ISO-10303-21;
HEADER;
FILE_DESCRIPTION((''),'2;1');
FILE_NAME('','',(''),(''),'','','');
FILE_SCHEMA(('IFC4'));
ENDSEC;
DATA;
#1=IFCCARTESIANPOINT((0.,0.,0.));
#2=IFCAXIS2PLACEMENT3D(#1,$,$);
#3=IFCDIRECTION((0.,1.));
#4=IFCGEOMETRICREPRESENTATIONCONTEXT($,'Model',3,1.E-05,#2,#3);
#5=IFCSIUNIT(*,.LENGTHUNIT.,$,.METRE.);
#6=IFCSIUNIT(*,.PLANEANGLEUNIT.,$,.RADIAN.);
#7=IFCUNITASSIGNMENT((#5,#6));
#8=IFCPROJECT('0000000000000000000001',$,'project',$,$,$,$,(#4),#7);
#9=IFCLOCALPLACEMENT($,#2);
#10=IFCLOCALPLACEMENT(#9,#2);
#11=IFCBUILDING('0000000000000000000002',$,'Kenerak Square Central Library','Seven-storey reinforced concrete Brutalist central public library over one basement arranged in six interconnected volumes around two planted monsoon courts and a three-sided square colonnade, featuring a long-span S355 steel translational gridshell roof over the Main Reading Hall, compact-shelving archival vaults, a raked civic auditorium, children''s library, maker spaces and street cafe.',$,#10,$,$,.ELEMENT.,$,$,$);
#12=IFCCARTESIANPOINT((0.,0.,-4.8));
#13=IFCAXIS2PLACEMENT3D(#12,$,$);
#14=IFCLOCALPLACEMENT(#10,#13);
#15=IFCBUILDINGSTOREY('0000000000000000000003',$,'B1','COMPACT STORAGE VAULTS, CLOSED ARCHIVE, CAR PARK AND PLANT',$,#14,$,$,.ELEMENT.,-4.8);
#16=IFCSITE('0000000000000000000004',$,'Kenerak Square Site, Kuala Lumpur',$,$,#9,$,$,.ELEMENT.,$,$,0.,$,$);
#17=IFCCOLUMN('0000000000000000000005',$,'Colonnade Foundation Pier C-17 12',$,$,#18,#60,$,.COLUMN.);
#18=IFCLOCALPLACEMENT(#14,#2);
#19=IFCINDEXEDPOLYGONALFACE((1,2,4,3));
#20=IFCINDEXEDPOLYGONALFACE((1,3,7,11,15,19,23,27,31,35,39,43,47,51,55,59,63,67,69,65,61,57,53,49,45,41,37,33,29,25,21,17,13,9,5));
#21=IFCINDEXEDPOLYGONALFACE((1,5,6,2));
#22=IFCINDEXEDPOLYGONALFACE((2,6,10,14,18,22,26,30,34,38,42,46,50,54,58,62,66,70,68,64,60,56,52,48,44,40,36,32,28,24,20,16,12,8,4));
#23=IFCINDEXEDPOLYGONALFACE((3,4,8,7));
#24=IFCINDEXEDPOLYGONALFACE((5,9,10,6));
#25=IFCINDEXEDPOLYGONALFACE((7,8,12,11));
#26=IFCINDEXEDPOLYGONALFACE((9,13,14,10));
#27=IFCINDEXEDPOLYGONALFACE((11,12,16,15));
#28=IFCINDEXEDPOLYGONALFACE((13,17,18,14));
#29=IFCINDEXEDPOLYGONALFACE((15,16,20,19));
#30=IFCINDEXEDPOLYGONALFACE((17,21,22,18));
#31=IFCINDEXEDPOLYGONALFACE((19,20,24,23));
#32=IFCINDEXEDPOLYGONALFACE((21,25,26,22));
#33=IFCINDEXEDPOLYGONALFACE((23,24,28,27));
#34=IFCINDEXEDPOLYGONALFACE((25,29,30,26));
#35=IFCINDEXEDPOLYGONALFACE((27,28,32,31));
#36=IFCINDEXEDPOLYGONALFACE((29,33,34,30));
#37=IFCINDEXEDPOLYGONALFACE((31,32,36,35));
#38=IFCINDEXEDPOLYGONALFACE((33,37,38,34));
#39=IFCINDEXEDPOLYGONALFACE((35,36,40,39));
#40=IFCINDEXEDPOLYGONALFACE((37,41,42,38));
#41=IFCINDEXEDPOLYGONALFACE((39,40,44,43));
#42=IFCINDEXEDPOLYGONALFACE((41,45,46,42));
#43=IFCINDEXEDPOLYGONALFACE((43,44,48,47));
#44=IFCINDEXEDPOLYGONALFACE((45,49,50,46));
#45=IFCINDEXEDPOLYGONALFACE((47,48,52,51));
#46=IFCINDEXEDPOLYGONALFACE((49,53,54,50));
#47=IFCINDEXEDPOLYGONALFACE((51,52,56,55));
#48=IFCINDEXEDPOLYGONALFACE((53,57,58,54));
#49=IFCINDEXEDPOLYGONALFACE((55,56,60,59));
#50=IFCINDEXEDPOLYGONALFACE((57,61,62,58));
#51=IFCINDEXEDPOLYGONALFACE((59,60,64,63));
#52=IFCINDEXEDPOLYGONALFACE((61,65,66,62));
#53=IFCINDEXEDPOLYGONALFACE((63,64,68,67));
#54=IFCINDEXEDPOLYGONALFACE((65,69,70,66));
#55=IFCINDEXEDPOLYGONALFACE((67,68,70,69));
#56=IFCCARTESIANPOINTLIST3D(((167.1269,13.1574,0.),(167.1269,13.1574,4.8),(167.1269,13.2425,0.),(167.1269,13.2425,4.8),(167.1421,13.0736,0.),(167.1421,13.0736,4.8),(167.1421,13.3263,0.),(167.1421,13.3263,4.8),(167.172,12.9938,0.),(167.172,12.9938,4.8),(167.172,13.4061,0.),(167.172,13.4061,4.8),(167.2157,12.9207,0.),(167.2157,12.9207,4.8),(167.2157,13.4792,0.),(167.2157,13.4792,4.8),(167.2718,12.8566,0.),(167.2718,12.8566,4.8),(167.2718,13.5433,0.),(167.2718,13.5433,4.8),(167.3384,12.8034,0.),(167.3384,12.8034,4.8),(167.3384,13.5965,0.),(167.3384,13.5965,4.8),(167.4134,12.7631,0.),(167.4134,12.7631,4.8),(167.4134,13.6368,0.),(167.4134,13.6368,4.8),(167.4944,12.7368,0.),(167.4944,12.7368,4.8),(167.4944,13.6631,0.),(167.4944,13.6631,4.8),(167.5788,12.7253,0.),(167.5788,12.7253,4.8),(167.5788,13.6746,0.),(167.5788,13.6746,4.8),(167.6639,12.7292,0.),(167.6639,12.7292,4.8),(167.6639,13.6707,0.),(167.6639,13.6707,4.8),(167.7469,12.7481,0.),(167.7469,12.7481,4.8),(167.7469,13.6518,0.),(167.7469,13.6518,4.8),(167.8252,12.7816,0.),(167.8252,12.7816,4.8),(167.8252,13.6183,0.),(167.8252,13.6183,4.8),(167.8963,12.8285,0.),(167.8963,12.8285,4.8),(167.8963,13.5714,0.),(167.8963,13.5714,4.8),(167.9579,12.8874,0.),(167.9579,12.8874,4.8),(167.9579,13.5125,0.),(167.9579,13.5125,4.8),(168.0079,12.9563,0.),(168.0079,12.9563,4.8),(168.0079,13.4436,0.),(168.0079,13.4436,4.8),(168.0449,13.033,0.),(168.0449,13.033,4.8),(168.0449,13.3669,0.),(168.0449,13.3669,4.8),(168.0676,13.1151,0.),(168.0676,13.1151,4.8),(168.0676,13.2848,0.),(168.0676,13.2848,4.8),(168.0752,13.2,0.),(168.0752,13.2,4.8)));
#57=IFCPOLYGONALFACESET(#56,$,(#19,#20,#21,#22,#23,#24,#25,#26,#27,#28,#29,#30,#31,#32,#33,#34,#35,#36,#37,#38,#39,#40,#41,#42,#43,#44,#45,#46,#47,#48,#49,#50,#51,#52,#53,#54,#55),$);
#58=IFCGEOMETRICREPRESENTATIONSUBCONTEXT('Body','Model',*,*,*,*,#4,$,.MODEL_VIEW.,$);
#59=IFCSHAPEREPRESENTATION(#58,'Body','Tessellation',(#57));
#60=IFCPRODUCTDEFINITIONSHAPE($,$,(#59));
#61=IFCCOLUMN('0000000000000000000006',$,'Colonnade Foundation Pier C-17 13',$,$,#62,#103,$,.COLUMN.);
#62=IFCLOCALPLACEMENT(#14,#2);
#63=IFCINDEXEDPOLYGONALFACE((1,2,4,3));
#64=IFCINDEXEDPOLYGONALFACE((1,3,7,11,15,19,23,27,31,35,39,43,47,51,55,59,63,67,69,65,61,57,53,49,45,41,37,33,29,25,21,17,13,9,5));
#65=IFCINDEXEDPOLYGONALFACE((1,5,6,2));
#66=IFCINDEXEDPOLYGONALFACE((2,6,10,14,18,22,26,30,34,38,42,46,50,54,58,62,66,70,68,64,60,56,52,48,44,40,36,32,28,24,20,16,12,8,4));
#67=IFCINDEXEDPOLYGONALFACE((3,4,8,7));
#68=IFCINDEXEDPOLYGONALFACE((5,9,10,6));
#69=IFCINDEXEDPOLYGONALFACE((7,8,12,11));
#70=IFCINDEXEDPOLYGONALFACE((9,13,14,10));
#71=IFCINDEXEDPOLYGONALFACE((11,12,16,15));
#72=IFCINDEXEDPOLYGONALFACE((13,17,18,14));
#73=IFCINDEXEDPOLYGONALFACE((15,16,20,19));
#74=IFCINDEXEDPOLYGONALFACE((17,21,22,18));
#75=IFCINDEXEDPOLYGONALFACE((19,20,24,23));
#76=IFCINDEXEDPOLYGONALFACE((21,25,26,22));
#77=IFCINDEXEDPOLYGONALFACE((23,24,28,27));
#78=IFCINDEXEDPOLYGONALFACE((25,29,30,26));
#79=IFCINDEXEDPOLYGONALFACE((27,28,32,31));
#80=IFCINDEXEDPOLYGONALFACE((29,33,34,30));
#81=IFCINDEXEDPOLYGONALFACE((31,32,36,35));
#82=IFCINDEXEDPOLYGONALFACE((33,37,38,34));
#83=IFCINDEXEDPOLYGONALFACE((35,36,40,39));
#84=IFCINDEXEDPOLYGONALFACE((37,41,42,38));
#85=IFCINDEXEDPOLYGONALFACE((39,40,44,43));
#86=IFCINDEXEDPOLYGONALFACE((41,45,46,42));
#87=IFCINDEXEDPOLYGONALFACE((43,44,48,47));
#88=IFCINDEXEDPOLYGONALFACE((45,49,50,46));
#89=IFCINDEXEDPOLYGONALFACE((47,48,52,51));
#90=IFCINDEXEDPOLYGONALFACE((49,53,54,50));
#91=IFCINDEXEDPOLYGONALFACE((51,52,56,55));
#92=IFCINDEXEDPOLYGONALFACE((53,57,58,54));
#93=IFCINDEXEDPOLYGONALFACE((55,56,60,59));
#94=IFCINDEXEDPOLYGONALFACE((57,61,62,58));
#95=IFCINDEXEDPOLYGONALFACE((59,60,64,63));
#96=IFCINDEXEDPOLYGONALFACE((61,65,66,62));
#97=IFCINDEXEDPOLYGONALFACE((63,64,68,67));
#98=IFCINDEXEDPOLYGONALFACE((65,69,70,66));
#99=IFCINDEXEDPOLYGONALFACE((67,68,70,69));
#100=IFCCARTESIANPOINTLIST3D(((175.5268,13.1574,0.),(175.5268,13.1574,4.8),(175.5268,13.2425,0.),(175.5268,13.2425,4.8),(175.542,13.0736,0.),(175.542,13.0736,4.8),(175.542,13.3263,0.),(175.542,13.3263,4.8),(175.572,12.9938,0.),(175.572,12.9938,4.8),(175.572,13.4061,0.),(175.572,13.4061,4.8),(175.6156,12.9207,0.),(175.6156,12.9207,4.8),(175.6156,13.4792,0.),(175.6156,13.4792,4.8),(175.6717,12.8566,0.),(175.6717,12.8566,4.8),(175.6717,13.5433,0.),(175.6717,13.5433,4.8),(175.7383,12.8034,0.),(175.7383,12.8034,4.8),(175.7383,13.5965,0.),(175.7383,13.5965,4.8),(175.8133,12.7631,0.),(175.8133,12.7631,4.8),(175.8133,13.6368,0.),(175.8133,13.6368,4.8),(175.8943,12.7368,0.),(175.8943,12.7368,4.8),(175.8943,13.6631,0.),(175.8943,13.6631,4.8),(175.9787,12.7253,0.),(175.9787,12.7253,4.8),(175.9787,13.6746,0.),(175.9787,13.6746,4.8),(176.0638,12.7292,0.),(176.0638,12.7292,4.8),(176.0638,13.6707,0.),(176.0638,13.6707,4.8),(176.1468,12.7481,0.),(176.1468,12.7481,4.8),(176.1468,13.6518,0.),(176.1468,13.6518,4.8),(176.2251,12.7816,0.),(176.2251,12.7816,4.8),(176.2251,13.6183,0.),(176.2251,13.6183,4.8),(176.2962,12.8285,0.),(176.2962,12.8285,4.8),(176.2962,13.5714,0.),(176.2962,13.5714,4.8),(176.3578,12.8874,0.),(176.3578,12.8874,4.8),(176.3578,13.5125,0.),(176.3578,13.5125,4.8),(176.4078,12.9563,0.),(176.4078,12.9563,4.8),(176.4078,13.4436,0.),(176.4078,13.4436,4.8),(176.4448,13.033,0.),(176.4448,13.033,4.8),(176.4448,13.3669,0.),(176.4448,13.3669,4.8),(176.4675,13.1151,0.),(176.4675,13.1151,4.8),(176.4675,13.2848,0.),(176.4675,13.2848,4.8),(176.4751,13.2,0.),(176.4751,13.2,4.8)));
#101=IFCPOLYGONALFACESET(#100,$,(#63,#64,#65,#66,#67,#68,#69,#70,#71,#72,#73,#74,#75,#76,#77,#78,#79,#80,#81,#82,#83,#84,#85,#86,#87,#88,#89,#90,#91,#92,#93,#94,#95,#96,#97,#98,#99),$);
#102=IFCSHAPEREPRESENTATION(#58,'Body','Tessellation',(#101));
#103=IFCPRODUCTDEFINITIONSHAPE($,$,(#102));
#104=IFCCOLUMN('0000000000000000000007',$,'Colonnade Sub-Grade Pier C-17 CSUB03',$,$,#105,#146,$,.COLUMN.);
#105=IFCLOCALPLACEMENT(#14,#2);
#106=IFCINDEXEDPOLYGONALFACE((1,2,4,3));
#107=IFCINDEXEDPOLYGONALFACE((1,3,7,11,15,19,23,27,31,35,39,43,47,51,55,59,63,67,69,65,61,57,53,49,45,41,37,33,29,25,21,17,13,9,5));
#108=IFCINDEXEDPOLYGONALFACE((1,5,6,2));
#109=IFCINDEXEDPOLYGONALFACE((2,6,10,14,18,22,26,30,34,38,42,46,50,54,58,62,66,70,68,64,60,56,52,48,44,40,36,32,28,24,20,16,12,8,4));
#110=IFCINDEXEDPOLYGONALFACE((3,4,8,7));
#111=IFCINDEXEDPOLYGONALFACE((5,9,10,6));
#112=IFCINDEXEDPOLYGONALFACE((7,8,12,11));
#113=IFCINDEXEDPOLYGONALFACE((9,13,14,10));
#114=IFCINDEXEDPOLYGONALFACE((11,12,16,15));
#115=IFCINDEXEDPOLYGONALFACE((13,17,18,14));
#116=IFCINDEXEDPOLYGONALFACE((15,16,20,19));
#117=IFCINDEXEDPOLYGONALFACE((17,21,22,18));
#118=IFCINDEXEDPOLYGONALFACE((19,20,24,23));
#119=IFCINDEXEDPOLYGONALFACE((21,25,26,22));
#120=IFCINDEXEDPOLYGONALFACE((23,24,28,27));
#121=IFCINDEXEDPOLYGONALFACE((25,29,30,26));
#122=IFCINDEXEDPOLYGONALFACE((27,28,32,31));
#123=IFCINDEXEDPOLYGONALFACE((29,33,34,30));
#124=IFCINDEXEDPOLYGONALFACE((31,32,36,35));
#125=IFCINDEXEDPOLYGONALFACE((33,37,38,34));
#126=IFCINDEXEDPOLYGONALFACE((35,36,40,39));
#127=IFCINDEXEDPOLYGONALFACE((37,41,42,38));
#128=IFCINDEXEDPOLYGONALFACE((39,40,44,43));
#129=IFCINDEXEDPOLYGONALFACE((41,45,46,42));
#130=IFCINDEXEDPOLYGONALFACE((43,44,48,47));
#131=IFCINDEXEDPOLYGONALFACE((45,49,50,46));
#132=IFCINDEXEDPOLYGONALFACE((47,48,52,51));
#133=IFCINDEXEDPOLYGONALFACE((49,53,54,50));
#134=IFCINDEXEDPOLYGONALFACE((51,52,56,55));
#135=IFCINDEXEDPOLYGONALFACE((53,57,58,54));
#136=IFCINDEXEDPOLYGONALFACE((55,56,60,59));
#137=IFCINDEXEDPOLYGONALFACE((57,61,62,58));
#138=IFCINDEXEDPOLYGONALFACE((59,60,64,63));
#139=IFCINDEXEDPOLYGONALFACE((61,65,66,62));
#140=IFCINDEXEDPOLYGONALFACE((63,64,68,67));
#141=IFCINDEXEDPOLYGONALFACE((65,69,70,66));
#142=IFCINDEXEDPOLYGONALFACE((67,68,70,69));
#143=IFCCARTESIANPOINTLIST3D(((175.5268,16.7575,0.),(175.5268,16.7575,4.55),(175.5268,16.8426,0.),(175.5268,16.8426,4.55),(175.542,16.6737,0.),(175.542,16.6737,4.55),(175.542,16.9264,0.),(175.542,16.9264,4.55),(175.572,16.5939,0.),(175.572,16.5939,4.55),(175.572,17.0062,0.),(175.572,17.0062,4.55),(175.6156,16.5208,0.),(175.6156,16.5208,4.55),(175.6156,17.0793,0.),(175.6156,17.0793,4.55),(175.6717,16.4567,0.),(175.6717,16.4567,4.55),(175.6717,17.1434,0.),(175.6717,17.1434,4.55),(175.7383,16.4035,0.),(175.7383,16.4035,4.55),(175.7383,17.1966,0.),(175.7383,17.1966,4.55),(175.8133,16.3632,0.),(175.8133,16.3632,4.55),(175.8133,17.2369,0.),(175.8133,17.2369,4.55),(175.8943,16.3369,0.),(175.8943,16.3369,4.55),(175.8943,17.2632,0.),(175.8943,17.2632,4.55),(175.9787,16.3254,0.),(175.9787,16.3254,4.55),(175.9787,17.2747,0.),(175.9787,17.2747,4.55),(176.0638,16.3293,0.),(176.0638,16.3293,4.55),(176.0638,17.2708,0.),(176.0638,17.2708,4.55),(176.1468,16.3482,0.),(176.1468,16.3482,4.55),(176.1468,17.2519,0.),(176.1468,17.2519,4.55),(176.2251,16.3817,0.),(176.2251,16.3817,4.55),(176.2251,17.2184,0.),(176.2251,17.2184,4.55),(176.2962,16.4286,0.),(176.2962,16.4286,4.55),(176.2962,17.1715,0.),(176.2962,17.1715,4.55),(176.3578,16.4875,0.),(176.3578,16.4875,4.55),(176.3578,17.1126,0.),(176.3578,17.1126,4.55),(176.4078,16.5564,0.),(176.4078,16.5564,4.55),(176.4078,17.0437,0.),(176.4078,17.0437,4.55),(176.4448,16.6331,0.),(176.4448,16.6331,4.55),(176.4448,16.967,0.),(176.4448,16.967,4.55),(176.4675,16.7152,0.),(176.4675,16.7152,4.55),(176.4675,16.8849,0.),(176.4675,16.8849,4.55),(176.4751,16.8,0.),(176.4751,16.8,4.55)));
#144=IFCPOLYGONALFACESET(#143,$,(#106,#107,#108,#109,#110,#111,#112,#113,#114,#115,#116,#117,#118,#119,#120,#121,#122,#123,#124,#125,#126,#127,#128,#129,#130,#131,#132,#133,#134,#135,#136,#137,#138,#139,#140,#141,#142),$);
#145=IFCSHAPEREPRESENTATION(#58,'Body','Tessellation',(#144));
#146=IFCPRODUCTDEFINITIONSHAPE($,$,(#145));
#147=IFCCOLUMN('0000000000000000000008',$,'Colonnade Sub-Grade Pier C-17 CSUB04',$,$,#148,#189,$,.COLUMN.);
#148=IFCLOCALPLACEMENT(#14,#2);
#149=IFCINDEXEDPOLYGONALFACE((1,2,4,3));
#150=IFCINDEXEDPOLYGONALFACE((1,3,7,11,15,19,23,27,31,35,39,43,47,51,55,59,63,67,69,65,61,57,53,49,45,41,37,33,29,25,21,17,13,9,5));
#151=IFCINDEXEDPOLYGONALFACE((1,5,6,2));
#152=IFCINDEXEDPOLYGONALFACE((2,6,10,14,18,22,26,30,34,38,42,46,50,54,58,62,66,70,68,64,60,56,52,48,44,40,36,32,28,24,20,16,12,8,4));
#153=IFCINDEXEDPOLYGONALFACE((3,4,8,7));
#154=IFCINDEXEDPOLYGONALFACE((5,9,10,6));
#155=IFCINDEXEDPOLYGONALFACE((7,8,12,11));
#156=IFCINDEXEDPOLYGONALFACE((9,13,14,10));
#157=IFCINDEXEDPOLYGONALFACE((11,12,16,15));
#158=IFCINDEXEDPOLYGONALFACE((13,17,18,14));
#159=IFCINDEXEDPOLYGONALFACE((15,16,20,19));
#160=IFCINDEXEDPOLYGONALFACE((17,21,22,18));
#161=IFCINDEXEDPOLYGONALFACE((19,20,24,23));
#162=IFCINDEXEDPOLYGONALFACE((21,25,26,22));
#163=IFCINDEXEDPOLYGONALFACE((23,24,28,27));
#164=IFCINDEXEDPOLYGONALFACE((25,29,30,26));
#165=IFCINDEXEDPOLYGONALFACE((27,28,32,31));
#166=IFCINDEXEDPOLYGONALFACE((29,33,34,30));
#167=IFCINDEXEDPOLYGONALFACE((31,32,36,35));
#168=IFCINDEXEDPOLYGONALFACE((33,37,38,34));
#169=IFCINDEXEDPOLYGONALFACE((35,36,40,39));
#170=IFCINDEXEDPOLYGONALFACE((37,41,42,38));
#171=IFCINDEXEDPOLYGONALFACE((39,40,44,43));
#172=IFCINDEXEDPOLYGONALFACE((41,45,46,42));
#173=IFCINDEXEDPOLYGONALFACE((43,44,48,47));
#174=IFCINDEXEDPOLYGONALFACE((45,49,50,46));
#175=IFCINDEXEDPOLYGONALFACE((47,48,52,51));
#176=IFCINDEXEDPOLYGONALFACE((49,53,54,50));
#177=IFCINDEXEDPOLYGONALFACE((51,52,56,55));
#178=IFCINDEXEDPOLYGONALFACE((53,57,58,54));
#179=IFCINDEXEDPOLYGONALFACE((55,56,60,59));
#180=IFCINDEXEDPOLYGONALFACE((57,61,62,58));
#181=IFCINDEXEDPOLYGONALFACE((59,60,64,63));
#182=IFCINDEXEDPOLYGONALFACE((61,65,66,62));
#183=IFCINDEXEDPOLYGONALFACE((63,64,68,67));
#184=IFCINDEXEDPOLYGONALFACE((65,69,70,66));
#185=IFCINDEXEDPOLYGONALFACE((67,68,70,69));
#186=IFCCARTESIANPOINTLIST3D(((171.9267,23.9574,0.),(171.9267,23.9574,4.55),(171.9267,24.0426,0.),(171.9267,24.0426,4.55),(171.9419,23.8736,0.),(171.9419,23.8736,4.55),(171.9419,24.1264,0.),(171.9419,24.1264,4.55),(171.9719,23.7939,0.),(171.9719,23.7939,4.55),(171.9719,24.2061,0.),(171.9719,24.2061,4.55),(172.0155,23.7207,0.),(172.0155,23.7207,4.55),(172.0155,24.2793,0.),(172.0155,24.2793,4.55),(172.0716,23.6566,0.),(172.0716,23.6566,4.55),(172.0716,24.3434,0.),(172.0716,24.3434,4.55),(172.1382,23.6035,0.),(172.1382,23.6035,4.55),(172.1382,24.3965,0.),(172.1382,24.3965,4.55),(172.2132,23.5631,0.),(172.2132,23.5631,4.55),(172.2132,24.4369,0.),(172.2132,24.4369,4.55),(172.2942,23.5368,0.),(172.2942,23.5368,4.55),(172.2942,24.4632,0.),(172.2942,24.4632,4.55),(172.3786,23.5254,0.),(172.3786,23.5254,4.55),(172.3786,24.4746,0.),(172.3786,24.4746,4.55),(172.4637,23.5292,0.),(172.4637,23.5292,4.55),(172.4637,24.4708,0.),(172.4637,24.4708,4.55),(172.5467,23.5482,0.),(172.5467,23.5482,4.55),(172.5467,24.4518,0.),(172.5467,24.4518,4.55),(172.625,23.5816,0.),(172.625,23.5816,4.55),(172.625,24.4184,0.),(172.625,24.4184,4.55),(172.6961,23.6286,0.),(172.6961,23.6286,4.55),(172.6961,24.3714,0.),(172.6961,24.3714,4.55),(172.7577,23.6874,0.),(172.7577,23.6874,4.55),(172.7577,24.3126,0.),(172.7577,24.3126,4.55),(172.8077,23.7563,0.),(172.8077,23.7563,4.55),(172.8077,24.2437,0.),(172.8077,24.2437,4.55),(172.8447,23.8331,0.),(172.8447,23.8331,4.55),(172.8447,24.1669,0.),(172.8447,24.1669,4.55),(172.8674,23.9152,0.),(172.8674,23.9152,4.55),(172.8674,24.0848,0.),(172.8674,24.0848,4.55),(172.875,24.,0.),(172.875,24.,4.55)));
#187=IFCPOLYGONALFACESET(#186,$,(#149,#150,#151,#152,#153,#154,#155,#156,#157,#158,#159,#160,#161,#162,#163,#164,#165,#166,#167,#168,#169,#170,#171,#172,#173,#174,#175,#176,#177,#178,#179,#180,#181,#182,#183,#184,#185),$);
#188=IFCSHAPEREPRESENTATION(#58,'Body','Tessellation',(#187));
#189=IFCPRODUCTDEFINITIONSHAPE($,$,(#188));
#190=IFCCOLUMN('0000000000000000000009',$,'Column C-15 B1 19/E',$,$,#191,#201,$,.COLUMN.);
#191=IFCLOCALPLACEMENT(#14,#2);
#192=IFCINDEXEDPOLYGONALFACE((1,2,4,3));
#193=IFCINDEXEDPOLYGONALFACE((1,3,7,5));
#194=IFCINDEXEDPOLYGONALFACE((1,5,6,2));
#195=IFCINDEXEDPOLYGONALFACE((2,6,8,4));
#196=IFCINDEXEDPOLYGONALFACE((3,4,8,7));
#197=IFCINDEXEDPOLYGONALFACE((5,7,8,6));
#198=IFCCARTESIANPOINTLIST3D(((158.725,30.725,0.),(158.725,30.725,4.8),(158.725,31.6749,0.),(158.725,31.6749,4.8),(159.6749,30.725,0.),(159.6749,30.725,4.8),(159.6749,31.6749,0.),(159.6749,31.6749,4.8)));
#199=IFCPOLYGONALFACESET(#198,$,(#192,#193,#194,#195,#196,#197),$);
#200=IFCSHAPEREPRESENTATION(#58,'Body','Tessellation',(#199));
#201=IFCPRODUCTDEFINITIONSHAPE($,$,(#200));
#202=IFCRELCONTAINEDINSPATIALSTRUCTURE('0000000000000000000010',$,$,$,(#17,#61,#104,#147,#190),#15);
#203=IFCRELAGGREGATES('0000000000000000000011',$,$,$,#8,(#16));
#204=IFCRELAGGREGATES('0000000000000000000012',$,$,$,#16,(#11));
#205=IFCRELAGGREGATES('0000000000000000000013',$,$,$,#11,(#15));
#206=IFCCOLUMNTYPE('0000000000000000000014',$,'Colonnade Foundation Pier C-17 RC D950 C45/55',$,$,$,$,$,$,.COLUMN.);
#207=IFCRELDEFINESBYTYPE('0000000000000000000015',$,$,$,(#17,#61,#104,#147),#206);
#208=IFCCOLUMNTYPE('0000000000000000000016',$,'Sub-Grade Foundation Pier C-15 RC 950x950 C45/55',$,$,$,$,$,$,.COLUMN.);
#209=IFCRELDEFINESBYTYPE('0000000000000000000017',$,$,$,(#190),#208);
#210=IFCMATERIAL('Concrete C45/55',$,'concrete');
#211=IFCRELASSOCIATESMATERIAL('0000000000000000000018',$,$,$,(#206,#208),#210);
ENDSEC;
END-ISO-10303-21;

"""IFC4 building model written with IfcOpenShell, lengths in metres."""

from ifc_helpers import new_model, si_unit, direction, frame, origin, origin_2d, place, context, subcontext, project, spatial, rectangle, circle, extrude, material, material_profile, profile_set, type_object, element, save


model = new_model("IFC4")

# Units and contexts
model_context = context("Model", 3, precision=1e-05, world=origin(), true_north=direction((0.0, 1.0)))
body_context = subcontext(model_context, "Body", "Model", "MODEL_VIEW")
ifc_project = project(units=[si_unit("LENGTHUNIT", "METRE"), si_unit("PLANEANGLEUNIT", "RADIAN")], contexts=[model_context])

# Site, building, storey
site_placement = place(None, origin())
site = spatial("IfcSite", under=ifc_project, at=site_placement, Name="Kenerak Square Site, Kuala Lumpur", CompositionType="ELEMENT", RefElevation=0.0)
building_placement = place(site_placement, origin())
building = spatial("IfcBuilding", under=site, at=building_placement, Name="Kenerak Square Central Library", Description="Seven-storey reinforced concrete Brutalist central public library over one basement arranged in six interconnected volumes around two planted monsoon courts and a three-sided square colonnade, featuring a long-span S355 steel translational gridshell roof over the Main Reading Hall, compact-shelving archival vaults, a raked civic auditorium, children's library, maker spaces and street cafe.", CompositionType="ELEMENT")
storey_placement = place(building_placement, frame((0.0, 0.0, -4.8)))
storey = spatial("IfcBuildingStorey", under=building, at=storey_placement, Name="B1", Description="COMPACT STORAGE VAULTS, CLOSED ARCHIVE, CAR PARK AND PLANT", CompositionType="ELEMENT", Elevation=-4.8)

# Columns
ifc_material_1 = material(Name="Concrete C45/55", Category="concrete")
ifc_material_profile_1 = material_profile(ifc_material_1, circle(Radius=0.4751, at=origin_2d()), Name="RC D950")
ifc_profile_set_1 = profile_set([ifc_material_profile_1], Name="Concrete C45/55")
column_type_1 = type_object("IfcColumnType", Name="Colonnade Foundation Pier C-17 RC D950 C45/55", PredefinedType="COLUMN", material=ifc_profile_set_1)
for number, where, z_axis, x_axis, name in (
    (1, (167.6001, 13.2, 0.0), (0.0, 0.0, 1.0), (1.0, 0.0, 0.0), "Colonnade Foundation Pier C-17 12"),
    (2, (176.0, 13.2, 0.0), (0.0, 0.0, 1.0), (1.0, 0.0, 0.0), "Colonnade Foundation Pier C-17 13"),
):
    element("IfcColumn", number, at=place(storey_placement, frame(where, z_axis=z_axis, x_axis=x_axis)), inside=storey, type_object=column_type_1, Name=name, PredefinedType="COLUMN", context=body_context, shape_type="SweptSolid", body=[
        extrude(circle(Radius=0.4751, at=origin_2d()), origin(), (0.0, 0.0, 1.0), 4.8),
    ])
for number, where, z_axis, x_axis, name in (
    (3, (176.0, 16.8, 0.0), (0.0, 0.0, 1.0), (1.0, 0.0, 0.0), "Colonnade Sub-Grade Pier C-17 CSUB03"),
    (4, (172.3999, 24.0, 0.0), (0.0, 0.0, 1.0), (1.0, 0.0, 0.0), "Colonnade Sub-Grade Pier C-17 CSUB04"),
):
    element("IfcColumn", number, at=place(storey_placement, frame(where, z_axis=z_axis, x_axis=x_axis)), inside=storey, type_object=column_type_1, Name=name, PredefinedType="COLUMN", context=body_context, shape_type="SweptSolid", body=[
        extrude(circle(Radius=0.4751, at=origin_2d()), origin(), (0.0, 0.0, 1.0), 4.55),
    ])
ifc_material_profile_2 = material_profile(ifc_material_1, rectangle(XDim=0.95, YDim=0.95, at=origin_2d()), Name="RC 950x950")
ifc_profile_set_2 = profile_set([ifc_material_profile_2], Name="Concrete C45/55")
column_type_2 = type_object("IfcColumnType", Name="Sub-Grade Foundation Pier C-15 RC 950x950 C45/55", PredefinedType="COLUMN", material=ifc_profile_set_2)
for number, where, z_axis, x_axis, name in (
    (5, (159.2, 31.2, 0.0), (0.0, 0.0, 1.0), (1.0, 0.0, 0.0), "Column C-15 B1 19/E"),
):
    element("IfcColumn", number, at=place(storey_placement, frame(where, z_axis=z_axis, x_axis=x_axis)), inside=storey, type_object=column_type_2, Name=name, PredefinedType="COLUMN", context=body_context, shape_type="SweptSolid", body=[
        extrude(rectangle(XDim=0.95, YDim=0.95, at=origin_2d()), origin(), (0.0, 0.0, 1.0), 4.8),
    ])

save(model, "model.ifc")
